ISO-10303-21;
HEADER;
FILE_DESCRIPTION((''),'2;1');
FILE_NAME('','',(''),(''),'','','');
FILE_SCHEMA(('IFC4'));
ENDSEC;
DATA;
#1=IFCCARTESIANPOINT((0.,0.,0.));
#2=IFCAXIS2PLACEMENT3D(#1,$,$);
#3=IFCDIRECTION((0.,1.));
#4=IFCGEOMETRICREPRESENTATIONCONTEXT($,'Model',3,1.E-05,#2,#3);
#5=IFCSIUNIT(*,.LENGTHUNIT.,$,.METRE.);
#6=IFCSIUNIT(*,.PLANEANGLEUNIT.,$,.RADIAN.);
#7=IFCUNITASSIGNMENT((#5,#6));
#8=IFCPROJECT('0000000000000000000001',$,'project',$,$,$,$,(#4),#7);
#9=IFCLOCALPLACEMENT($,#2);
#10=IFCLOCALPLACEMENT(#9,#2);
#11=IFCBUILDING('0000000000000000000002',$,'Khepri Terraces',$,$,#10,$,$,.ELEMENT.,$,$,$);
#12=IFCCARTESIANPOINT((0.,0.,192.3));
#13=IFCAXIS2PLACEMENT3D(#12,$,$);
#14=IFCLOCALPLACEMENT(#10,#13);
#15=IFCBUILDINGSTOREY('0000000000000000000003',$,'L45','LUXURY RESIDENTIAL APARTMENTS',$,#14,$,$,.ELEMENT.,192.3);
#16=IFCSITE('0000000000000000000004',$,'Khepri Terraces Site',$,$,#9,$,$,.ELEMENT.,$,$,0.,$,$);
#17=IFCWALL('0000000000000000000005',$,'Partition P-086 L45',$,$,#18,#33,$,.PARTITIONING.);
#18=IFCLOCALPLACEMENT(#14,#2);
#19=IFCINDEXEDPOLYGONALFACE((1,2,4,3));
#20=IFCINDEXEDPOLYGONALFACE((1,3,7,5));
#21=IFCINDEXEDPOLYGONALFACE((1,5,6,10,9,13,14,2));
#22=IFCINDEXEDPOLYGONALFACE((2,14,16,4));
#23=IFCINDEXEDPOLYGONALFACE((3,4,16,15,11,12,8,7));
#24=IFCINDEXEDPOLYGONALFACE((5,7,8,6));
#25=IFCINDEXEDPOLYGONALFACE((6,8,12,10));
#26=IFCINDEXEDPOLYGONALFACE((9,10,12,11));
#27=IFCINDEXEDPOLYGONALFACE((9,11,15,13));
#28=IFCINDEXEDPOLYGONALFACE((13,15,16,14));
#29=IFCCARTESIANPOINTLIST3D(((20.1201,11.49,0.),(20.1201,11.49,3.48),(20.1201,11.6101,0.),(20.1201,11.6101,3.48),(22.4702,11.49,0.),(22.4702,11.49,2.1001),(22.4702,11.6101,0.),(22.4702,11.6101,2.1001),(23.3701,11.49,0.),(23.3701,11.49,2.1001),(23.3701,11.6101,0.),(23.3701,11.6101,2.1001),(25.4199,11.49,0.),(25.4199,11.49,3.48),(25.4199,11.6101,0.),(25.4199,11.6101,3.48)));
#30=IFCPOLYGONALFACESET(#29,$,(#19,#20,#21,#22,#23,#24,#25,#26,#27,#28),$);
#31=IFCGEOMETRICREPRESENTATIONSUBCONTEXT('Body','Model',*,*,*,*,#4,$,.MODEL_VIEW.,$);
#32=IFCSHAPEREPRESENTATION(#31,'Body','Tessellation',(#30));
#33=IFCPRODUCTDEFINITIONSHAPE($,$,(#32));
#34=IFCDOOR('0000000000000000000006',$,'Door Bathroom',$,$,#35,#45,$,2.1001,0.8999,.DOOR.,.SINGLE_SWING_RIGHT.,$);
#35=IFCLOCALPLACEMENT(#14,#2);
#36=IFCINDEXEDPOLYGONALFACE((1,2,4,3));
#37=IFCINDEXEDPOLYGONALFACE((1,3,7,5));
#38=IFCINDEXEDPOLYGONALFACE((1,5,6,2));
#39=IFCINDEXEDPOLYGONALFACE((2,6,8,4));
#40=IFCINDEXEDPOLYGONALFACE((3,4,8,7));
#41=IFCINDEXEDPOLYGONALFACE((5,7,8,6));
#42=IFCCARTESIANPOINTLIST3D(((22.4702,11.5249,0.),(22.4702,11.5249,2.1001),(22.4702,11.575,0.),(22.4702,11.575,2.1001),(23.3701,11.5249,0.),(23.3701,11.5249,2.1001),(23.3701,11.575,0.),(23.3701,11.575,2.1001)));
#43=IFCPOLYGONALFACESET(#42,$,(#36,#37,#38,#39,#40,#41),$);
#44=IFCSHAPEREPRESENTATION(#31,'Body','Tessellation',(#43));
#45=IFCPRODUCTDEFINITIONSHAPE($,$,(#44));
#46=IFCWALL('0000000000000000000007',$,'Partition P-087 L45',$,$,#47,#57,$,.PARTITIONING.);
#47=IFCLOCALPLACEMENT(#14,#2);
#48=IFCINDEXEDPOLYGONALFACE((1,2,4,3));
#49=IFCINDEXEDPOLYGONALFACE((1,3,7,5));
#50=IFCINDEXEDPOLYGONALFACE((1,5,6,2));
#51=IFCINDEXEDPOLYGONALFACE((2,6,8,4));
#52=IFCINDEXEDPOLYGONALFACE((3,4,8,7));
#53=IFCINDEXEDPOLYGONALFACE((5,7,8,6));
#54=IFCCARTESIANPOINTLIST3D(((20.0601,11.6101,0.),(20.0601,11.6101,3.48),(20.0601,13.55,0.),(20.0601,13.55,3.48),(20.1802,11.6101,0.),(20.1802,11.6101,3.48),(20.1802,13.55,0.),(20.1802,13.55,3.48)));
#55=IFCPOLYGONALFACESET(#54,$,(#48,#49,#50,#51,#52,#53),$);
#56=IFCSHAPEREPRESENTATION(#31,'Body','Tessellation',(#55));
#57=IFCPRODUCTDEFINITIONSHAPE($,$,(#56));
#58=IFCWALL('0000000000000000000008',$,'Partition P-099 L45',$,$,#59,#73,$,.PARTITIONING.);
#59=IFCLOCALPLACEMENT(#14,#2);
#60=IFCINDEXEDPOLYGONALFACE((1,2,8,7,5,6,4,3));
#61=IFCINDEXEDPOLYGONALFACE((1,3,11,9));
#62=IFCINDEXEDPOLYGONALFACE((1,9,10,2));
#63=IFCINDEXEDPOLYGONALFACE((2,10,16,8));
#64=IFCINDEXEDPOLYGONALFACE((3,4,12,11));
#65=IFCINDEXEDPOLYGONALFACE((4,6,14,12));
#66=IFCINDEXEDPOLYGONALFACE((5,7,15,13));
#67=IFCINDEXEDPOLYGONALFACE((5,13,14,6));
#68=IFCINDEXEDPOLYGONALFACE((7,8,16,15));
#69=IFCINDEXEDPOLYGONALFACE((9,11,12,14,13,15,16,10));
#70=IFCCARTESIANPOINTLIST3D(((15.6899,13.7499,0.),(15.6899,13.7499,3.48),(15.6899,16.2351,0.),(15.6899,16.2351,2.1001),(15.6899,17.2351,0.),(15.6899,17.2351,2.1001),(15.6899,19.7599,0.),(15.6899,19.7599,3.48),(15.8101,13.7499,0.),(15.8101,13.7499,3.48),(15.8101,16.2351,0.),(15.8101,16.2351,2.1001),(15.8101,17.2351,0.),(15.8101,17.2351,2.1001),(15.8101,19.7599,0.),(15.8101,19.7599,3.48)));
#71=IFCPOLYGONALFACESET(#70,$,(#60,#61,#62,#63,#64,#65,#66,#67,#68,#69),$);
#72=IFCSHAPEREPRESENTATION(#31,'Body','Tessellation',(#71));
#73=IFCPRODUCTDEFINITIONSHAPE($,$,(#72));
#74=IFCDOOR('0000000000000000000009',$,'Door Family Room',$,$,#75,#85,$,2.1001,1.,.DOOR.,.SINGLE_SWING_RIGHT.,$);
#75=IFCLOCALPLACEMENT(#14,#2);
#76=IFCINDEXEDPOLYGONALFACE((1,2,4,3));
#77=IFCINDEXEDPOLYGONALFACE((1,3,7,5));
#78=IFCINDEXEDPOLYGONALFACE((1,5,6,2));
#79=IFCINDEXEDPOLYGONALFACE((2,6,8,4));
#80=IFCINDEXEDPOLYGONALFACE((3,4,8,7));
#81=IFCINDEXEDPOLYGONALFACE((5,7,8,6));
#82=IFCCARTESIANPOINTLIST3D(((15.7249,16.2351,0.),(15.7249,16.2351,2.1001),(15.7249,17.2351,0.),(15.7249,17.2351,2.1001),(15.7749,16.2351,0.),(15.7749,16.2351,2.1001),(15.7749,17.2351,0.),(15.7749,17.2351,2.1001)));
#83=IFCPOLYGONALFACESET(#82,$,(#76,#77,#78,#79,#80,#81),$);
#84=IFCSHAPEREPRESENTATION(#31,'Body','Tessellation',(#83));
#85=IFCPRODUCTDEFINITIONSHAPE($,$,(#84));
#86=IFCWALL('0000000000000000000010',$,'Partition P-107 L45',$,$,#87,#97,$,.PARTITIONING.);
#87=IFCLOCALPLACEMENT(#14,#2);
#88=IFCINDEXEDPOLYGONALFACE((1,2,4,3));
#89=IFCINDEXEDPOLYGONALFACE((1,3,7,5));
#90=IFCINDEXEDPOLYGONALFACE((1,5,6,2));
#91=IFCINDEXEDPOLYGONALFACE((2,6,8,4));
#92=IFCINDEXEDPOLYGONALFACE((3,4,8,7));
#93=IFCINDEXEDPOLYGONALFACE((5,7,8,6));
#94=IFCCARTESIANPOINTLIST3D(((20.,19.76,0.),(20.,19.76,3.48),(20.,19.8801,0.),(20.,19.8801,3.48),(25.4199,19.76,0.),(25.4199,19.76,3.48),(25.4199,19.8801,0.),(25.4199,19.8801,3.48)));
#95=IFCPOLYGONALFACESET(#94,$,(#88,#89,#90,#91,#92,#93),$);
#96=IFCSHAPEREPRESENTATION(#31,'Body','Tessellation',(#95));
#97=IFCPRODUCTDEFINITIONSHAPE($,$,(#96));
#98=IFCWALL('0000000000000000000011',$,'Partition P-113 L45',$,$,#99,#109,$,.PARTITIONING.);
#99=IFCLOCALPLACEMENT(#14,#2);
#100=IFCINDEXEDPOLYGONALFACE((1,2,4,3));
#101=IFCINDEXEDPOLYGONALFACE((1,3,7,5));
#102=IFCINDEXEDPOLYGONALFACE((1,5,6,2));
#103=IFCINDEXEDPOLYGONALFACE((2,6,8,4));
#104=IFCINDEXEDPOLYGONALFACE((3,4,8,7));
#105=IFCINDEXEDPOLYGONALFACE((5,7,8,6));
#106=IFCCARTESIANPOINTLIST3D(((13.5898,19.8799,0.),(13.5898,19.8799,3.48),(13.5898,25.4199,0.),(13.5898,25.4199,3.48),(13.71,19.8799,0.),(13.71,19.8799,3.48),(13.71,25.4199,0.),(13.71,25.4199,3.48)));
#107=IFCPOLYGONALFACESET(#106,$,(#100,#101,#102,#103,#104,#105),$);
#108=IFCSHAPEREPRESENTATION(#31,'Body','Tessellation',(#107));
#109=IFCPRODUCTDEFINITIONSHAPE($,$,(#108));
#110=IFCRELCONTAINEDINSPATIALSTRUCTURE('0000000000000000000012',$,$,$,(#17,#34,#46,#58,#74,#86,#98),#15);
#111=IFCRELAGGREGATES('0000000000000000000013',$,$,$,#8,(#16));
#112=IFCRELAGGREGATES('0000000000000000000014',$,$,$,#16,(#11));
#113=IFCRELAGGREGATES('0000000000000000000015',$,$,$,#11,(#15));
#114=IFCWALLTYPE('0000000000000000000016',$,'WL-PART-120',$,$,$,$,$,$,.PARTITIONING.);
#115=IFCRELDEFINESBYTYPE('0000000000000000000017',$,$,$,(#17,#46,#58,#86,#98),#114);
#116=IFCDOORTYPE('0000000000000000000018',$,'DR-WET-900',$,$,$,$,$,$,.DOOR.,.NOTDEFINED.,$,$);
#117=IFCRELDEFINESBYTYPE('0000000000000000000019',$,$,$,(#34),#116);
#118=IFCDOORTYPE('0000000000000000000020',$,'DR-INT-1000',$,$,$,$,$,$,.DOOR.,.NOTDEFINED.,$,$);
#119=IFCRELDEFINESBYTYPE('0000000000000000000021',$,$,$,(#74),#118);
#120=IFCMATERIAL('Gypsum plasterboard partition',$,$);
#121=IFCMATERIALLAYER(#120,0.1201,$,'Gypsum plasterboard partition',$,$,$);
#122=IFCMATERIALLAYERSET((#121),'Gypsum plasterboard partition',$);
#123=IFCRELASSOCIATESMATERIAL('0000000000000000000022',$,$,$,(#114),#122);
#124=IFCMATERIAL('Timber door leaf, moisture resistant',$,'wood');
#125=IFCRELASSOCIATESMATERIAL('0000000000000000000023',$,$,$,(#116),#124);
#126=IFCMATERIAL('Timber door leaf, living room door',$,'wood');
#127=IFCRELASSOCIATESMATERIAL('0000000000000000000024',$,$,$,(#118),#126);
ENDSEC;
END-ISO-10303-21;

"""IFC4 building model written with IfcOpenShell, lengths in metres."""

from ifc_helpers import new_model, si_unit, direction, frame, frame_2d, origin, place, context, subcontext, project, spatial, rectangle, extrude, material, layer, layer_set, type_object, element, fill, save


model = new_model("IFC4")

# Units and contexts
model_context = context("Model", 3, precision=1e-05, world=origin(), true_north=direction((0.0, 1.0)))
body_context = subcontext(model_context, "Body", "Model", "MODEL_VIEW")
ifc_project = project(units=[si_unit("LENGTHUNIT", "METRE"), si_unit("PLANEANGLEUNIT", "RADIAN")], contexts=[model_context])

# Site, building, storey
site_placement = place(None, origin())
site = spatial("IfcSite", under=ifc_project, at=site_placement, Name="Khepri Terraces Site", CompositionType="ELEMENT", RefElevation=0.0)
building_placement = place(site_placement, origin())
building = spatial("IfcBuilding", under=site, at=building_placement, Name="Khepri Terraces", CompositionType="ELEMENT")
storey_placement = place(building_placement, frame((0.0, 0.0, 192.3)))
storey = spatial("IfcBuildingStorey", under=building, at=storey_placement, Name="L45", Description="LUXURY RESIDENTIAL APARTMENTS", CompositionType="ELEMENT", Elevation=192.3)

# Wall, opening, door
ifc_material_1 = material(Name="Gypsum plasterboard partition")
ifc_layer_1 = layer(ifc_material_1, 0.1201, Name="Gypsum plasterboard partition")
ifc_layer_set_1 = layer_set([ifc_layer_1], Name="Gypsum plasterboard partition")
wall_type_1 = type_object("IfcWallType", Name="WL-PART-120", PredefinedType="PARTITIONING", material=ifc_layer_set_1)
wall_1_placement = place(storey_placement, frame((20.1201, 11.55, 0.0), z_axis=(0.0, 0.0, 1.0), x_axis=(1.0, 0.0, 0.0)))
wall_1 = element("IfcWall", 1, at=wall_1_placement, inside=storey, type_object=wall_type_1, Name="Partition P-086 L45", PredefinedType="PARTITIONING", context=body_context, shape_type="SweptSolid", body=[
    extrude(rectangle(XDim=5.2998, YDim=0.1201, at=frame_2d((2.6499, 0.0))), origin(), (0.0, 0.0, 1.0), 3.48),
])
opening_1_placement = place(wall_1_placement, frame((2.3501, 0.0, 0.0)))
opening_1 = element("IfcOpeningElement", 2, at=opening_1_placement, cuts=wall_1, PredefinedType="OPENING", context=body_context, shape_type="SweptSolid", body=[
    extrude(rectangle(XDim=0.8999, YDim=2.1001, at=frame_2d((0.45, 1.05))), frame((0.0, 0.0701, 0.0), z_axis=(0.0, -1.0, 0.0), x_axis=(1.0, 0.0, 0.0)), (0.0, 0.0, 1.0), 0.1401),
])
ifc_material_2 = material(Name="Timber door leaf, moisture resistant", Category="wood")
door_type_1 = type_object("IfcDoorType", Name="DR-WET-900", OperationType="NOTDEFINED", PredefinedType="DOOR", material=ifc_material_2)
door_1_placement = place(opening_1_placement, origin())
door_1 = element("IfcDoor", 3, at=door_1_placement, inside=storey, type_object=door_type_1, Name="Door Bathroom", OperationType="SINGLE_SWING_RIGHT", OverallHeight=2.1001, OverallWidth=0.8999, PredefinedType="DOOR", context=body_context, shape_type="SweptSolid", body=[
    extrude(rectangle(XDim=0.8999, YDim=2.1001, at=frame_2d((0.45, 1.05))), frame((0.0, 0.0249, 0.0), z_axis=(0.0, -1.0, 0.0), x_axis=(1.0, 0.0, 0.0)), (0.0, 0.0, 1.0), 0.05),
])
fill(opening_1, door_1)

# Wall
wall_2_placement = place(storey_placement, frame((20.1201, 11.6101, 0.0), z_axis=(0.0, 0.0, 1.0), x_axis=(0.0, 1.0, 0.0)))
element("IfcWall", 4, at=wall_2_placement, inside=storey, type_object=wall_type_1, Name="Partition P-087 L45", PredefinedType="PARTITIONING", context=body_context, shape_type="SweptSolid", body=[
    extrude(rectangle(XDim=1.9399, YDim=0.1201, at=frame_2d((0.97, 0.0))), origin(), (0.0, 0.0, 1.0), 3.48),
])

# Wall, opening, door
wall_3_placement = place(storey_placement, frame((15.75, 13.75, 0.0), z_axis=(0.0, 0.0, 1.0), x_axis=(0.0, 1.0, 0.0)))
wall_3 = element("IfcWall", 5, at=wall_3_placement, inside=storey, type_object=wall_type_1, Name="Partition P-099 L45", PredefinedType="PARTITIONING", context=body_context, shape_type="SweptSolid", body=[
    extrude(rectangle(XDim=6.01, YDim=0.1201, at=frame_2d((3.0049, 0.0))), origin(), (0.0, 0.0, 1.0), 3.48),
])
opening_2_placement = place(wall_3_placement, frame((2.4851, 0.0, 0.0)))
opening_2 = element("IfcOpeningElement", 6, at=opening_2_placement, cuts=wall_3, PredefinedType="OPENING", context=body_context, shape_type="SweptSolid", body=[
    extrude(rectangle(XDim=1.0, YDim=2.1001, at=frame_2d((0.5, 1.05))), frame((0.0, 0.0701, 0.0), z_axis=(0.0, -1.0, 0.0), x_axis=(1.0, 0.0, 0.0)), (0.0, 0.0, 1.0), 0.1401),
])
ifc_material_3 = material(Name="Timber door leaf, living room door", Category="wood")
door_type_2 = type_object("IfcDoorType", Name="DR-INT-1000", OperationType="NOTDEFINED", PredefinedType="DOOR", material=ifc_material_3)
door_2_placement = place(opening_2_placement, frame((1.0, 0.0, 0.0), z_axis=(0.0, 0.0, 1.0), x_axis=(-1.0, 0.0, 0.0)))
door_2 = element("IfcDoor", 7, at=door_2_placement, inside=storey, type_object=door_type_2, Name="Door Family Room", OperationType="SINGLE_SWING_RIGHT", OverallHeight=2.1001, OverallWidth=1.0, PredefinedType="DOOR", context=body_context, shape_type="SweptSolid", body=[
    extrude(rectangle(XDim=1.0, YDim=2.1001, at=frame_2d((0.5, 1.05))), frame((0.0, 0.0249, 0.0), z_axis=(0.0, -1.0, 0.0), x_axis=(1.0, 0.0, 0.0)), (0.0, 0.0, 1.0), 0.05),
])
fill(opening_2, door_2)

# Walls
wall_4_placement = place(storey_placement, frame((20.0, 19.8201, 0.0), z_axis=(0.0, 0.0, 1.0), x_axis=(1.0, 0.0, 0.0)))
element("IfcWall", 8, at=wall_4_placement, inside=storey, type_object=wall_type_1, Name="Partition P-107 L45", PredefinedType="PARTITIONING", context=body_context, shape_type="SweptSolid", body=[
    extrude(rectangle(XDim=5.4199, YDim=0.1201, at=frame_2d((2.71, 0.0))), origin(), (0.0, 0.0, 1.0), 3.48),
])
wall_5_placement = place(storey_placement, frame((13.6499, 19.8799, 0.0), z_axis=(0.0, 0.0, 1.0), x_axis=(0.0, 1.0, 0.0)))
element("IfcWall", 9, at=wall_5_placement, inside=storey, type_object=wall_type_1, Name="Partition P-113 L45", PredefinedType="PARTITIONING", context=body_context, shape_type="SweptSolid", body=[
    extrude(rectangle(XDim=5.54, YDim=0.1201, at=frame_2d((2.77, 0.0))), origin(), (0.0, 0.0, 1.0), 3.48),
])

save(model, "model.ifc")
